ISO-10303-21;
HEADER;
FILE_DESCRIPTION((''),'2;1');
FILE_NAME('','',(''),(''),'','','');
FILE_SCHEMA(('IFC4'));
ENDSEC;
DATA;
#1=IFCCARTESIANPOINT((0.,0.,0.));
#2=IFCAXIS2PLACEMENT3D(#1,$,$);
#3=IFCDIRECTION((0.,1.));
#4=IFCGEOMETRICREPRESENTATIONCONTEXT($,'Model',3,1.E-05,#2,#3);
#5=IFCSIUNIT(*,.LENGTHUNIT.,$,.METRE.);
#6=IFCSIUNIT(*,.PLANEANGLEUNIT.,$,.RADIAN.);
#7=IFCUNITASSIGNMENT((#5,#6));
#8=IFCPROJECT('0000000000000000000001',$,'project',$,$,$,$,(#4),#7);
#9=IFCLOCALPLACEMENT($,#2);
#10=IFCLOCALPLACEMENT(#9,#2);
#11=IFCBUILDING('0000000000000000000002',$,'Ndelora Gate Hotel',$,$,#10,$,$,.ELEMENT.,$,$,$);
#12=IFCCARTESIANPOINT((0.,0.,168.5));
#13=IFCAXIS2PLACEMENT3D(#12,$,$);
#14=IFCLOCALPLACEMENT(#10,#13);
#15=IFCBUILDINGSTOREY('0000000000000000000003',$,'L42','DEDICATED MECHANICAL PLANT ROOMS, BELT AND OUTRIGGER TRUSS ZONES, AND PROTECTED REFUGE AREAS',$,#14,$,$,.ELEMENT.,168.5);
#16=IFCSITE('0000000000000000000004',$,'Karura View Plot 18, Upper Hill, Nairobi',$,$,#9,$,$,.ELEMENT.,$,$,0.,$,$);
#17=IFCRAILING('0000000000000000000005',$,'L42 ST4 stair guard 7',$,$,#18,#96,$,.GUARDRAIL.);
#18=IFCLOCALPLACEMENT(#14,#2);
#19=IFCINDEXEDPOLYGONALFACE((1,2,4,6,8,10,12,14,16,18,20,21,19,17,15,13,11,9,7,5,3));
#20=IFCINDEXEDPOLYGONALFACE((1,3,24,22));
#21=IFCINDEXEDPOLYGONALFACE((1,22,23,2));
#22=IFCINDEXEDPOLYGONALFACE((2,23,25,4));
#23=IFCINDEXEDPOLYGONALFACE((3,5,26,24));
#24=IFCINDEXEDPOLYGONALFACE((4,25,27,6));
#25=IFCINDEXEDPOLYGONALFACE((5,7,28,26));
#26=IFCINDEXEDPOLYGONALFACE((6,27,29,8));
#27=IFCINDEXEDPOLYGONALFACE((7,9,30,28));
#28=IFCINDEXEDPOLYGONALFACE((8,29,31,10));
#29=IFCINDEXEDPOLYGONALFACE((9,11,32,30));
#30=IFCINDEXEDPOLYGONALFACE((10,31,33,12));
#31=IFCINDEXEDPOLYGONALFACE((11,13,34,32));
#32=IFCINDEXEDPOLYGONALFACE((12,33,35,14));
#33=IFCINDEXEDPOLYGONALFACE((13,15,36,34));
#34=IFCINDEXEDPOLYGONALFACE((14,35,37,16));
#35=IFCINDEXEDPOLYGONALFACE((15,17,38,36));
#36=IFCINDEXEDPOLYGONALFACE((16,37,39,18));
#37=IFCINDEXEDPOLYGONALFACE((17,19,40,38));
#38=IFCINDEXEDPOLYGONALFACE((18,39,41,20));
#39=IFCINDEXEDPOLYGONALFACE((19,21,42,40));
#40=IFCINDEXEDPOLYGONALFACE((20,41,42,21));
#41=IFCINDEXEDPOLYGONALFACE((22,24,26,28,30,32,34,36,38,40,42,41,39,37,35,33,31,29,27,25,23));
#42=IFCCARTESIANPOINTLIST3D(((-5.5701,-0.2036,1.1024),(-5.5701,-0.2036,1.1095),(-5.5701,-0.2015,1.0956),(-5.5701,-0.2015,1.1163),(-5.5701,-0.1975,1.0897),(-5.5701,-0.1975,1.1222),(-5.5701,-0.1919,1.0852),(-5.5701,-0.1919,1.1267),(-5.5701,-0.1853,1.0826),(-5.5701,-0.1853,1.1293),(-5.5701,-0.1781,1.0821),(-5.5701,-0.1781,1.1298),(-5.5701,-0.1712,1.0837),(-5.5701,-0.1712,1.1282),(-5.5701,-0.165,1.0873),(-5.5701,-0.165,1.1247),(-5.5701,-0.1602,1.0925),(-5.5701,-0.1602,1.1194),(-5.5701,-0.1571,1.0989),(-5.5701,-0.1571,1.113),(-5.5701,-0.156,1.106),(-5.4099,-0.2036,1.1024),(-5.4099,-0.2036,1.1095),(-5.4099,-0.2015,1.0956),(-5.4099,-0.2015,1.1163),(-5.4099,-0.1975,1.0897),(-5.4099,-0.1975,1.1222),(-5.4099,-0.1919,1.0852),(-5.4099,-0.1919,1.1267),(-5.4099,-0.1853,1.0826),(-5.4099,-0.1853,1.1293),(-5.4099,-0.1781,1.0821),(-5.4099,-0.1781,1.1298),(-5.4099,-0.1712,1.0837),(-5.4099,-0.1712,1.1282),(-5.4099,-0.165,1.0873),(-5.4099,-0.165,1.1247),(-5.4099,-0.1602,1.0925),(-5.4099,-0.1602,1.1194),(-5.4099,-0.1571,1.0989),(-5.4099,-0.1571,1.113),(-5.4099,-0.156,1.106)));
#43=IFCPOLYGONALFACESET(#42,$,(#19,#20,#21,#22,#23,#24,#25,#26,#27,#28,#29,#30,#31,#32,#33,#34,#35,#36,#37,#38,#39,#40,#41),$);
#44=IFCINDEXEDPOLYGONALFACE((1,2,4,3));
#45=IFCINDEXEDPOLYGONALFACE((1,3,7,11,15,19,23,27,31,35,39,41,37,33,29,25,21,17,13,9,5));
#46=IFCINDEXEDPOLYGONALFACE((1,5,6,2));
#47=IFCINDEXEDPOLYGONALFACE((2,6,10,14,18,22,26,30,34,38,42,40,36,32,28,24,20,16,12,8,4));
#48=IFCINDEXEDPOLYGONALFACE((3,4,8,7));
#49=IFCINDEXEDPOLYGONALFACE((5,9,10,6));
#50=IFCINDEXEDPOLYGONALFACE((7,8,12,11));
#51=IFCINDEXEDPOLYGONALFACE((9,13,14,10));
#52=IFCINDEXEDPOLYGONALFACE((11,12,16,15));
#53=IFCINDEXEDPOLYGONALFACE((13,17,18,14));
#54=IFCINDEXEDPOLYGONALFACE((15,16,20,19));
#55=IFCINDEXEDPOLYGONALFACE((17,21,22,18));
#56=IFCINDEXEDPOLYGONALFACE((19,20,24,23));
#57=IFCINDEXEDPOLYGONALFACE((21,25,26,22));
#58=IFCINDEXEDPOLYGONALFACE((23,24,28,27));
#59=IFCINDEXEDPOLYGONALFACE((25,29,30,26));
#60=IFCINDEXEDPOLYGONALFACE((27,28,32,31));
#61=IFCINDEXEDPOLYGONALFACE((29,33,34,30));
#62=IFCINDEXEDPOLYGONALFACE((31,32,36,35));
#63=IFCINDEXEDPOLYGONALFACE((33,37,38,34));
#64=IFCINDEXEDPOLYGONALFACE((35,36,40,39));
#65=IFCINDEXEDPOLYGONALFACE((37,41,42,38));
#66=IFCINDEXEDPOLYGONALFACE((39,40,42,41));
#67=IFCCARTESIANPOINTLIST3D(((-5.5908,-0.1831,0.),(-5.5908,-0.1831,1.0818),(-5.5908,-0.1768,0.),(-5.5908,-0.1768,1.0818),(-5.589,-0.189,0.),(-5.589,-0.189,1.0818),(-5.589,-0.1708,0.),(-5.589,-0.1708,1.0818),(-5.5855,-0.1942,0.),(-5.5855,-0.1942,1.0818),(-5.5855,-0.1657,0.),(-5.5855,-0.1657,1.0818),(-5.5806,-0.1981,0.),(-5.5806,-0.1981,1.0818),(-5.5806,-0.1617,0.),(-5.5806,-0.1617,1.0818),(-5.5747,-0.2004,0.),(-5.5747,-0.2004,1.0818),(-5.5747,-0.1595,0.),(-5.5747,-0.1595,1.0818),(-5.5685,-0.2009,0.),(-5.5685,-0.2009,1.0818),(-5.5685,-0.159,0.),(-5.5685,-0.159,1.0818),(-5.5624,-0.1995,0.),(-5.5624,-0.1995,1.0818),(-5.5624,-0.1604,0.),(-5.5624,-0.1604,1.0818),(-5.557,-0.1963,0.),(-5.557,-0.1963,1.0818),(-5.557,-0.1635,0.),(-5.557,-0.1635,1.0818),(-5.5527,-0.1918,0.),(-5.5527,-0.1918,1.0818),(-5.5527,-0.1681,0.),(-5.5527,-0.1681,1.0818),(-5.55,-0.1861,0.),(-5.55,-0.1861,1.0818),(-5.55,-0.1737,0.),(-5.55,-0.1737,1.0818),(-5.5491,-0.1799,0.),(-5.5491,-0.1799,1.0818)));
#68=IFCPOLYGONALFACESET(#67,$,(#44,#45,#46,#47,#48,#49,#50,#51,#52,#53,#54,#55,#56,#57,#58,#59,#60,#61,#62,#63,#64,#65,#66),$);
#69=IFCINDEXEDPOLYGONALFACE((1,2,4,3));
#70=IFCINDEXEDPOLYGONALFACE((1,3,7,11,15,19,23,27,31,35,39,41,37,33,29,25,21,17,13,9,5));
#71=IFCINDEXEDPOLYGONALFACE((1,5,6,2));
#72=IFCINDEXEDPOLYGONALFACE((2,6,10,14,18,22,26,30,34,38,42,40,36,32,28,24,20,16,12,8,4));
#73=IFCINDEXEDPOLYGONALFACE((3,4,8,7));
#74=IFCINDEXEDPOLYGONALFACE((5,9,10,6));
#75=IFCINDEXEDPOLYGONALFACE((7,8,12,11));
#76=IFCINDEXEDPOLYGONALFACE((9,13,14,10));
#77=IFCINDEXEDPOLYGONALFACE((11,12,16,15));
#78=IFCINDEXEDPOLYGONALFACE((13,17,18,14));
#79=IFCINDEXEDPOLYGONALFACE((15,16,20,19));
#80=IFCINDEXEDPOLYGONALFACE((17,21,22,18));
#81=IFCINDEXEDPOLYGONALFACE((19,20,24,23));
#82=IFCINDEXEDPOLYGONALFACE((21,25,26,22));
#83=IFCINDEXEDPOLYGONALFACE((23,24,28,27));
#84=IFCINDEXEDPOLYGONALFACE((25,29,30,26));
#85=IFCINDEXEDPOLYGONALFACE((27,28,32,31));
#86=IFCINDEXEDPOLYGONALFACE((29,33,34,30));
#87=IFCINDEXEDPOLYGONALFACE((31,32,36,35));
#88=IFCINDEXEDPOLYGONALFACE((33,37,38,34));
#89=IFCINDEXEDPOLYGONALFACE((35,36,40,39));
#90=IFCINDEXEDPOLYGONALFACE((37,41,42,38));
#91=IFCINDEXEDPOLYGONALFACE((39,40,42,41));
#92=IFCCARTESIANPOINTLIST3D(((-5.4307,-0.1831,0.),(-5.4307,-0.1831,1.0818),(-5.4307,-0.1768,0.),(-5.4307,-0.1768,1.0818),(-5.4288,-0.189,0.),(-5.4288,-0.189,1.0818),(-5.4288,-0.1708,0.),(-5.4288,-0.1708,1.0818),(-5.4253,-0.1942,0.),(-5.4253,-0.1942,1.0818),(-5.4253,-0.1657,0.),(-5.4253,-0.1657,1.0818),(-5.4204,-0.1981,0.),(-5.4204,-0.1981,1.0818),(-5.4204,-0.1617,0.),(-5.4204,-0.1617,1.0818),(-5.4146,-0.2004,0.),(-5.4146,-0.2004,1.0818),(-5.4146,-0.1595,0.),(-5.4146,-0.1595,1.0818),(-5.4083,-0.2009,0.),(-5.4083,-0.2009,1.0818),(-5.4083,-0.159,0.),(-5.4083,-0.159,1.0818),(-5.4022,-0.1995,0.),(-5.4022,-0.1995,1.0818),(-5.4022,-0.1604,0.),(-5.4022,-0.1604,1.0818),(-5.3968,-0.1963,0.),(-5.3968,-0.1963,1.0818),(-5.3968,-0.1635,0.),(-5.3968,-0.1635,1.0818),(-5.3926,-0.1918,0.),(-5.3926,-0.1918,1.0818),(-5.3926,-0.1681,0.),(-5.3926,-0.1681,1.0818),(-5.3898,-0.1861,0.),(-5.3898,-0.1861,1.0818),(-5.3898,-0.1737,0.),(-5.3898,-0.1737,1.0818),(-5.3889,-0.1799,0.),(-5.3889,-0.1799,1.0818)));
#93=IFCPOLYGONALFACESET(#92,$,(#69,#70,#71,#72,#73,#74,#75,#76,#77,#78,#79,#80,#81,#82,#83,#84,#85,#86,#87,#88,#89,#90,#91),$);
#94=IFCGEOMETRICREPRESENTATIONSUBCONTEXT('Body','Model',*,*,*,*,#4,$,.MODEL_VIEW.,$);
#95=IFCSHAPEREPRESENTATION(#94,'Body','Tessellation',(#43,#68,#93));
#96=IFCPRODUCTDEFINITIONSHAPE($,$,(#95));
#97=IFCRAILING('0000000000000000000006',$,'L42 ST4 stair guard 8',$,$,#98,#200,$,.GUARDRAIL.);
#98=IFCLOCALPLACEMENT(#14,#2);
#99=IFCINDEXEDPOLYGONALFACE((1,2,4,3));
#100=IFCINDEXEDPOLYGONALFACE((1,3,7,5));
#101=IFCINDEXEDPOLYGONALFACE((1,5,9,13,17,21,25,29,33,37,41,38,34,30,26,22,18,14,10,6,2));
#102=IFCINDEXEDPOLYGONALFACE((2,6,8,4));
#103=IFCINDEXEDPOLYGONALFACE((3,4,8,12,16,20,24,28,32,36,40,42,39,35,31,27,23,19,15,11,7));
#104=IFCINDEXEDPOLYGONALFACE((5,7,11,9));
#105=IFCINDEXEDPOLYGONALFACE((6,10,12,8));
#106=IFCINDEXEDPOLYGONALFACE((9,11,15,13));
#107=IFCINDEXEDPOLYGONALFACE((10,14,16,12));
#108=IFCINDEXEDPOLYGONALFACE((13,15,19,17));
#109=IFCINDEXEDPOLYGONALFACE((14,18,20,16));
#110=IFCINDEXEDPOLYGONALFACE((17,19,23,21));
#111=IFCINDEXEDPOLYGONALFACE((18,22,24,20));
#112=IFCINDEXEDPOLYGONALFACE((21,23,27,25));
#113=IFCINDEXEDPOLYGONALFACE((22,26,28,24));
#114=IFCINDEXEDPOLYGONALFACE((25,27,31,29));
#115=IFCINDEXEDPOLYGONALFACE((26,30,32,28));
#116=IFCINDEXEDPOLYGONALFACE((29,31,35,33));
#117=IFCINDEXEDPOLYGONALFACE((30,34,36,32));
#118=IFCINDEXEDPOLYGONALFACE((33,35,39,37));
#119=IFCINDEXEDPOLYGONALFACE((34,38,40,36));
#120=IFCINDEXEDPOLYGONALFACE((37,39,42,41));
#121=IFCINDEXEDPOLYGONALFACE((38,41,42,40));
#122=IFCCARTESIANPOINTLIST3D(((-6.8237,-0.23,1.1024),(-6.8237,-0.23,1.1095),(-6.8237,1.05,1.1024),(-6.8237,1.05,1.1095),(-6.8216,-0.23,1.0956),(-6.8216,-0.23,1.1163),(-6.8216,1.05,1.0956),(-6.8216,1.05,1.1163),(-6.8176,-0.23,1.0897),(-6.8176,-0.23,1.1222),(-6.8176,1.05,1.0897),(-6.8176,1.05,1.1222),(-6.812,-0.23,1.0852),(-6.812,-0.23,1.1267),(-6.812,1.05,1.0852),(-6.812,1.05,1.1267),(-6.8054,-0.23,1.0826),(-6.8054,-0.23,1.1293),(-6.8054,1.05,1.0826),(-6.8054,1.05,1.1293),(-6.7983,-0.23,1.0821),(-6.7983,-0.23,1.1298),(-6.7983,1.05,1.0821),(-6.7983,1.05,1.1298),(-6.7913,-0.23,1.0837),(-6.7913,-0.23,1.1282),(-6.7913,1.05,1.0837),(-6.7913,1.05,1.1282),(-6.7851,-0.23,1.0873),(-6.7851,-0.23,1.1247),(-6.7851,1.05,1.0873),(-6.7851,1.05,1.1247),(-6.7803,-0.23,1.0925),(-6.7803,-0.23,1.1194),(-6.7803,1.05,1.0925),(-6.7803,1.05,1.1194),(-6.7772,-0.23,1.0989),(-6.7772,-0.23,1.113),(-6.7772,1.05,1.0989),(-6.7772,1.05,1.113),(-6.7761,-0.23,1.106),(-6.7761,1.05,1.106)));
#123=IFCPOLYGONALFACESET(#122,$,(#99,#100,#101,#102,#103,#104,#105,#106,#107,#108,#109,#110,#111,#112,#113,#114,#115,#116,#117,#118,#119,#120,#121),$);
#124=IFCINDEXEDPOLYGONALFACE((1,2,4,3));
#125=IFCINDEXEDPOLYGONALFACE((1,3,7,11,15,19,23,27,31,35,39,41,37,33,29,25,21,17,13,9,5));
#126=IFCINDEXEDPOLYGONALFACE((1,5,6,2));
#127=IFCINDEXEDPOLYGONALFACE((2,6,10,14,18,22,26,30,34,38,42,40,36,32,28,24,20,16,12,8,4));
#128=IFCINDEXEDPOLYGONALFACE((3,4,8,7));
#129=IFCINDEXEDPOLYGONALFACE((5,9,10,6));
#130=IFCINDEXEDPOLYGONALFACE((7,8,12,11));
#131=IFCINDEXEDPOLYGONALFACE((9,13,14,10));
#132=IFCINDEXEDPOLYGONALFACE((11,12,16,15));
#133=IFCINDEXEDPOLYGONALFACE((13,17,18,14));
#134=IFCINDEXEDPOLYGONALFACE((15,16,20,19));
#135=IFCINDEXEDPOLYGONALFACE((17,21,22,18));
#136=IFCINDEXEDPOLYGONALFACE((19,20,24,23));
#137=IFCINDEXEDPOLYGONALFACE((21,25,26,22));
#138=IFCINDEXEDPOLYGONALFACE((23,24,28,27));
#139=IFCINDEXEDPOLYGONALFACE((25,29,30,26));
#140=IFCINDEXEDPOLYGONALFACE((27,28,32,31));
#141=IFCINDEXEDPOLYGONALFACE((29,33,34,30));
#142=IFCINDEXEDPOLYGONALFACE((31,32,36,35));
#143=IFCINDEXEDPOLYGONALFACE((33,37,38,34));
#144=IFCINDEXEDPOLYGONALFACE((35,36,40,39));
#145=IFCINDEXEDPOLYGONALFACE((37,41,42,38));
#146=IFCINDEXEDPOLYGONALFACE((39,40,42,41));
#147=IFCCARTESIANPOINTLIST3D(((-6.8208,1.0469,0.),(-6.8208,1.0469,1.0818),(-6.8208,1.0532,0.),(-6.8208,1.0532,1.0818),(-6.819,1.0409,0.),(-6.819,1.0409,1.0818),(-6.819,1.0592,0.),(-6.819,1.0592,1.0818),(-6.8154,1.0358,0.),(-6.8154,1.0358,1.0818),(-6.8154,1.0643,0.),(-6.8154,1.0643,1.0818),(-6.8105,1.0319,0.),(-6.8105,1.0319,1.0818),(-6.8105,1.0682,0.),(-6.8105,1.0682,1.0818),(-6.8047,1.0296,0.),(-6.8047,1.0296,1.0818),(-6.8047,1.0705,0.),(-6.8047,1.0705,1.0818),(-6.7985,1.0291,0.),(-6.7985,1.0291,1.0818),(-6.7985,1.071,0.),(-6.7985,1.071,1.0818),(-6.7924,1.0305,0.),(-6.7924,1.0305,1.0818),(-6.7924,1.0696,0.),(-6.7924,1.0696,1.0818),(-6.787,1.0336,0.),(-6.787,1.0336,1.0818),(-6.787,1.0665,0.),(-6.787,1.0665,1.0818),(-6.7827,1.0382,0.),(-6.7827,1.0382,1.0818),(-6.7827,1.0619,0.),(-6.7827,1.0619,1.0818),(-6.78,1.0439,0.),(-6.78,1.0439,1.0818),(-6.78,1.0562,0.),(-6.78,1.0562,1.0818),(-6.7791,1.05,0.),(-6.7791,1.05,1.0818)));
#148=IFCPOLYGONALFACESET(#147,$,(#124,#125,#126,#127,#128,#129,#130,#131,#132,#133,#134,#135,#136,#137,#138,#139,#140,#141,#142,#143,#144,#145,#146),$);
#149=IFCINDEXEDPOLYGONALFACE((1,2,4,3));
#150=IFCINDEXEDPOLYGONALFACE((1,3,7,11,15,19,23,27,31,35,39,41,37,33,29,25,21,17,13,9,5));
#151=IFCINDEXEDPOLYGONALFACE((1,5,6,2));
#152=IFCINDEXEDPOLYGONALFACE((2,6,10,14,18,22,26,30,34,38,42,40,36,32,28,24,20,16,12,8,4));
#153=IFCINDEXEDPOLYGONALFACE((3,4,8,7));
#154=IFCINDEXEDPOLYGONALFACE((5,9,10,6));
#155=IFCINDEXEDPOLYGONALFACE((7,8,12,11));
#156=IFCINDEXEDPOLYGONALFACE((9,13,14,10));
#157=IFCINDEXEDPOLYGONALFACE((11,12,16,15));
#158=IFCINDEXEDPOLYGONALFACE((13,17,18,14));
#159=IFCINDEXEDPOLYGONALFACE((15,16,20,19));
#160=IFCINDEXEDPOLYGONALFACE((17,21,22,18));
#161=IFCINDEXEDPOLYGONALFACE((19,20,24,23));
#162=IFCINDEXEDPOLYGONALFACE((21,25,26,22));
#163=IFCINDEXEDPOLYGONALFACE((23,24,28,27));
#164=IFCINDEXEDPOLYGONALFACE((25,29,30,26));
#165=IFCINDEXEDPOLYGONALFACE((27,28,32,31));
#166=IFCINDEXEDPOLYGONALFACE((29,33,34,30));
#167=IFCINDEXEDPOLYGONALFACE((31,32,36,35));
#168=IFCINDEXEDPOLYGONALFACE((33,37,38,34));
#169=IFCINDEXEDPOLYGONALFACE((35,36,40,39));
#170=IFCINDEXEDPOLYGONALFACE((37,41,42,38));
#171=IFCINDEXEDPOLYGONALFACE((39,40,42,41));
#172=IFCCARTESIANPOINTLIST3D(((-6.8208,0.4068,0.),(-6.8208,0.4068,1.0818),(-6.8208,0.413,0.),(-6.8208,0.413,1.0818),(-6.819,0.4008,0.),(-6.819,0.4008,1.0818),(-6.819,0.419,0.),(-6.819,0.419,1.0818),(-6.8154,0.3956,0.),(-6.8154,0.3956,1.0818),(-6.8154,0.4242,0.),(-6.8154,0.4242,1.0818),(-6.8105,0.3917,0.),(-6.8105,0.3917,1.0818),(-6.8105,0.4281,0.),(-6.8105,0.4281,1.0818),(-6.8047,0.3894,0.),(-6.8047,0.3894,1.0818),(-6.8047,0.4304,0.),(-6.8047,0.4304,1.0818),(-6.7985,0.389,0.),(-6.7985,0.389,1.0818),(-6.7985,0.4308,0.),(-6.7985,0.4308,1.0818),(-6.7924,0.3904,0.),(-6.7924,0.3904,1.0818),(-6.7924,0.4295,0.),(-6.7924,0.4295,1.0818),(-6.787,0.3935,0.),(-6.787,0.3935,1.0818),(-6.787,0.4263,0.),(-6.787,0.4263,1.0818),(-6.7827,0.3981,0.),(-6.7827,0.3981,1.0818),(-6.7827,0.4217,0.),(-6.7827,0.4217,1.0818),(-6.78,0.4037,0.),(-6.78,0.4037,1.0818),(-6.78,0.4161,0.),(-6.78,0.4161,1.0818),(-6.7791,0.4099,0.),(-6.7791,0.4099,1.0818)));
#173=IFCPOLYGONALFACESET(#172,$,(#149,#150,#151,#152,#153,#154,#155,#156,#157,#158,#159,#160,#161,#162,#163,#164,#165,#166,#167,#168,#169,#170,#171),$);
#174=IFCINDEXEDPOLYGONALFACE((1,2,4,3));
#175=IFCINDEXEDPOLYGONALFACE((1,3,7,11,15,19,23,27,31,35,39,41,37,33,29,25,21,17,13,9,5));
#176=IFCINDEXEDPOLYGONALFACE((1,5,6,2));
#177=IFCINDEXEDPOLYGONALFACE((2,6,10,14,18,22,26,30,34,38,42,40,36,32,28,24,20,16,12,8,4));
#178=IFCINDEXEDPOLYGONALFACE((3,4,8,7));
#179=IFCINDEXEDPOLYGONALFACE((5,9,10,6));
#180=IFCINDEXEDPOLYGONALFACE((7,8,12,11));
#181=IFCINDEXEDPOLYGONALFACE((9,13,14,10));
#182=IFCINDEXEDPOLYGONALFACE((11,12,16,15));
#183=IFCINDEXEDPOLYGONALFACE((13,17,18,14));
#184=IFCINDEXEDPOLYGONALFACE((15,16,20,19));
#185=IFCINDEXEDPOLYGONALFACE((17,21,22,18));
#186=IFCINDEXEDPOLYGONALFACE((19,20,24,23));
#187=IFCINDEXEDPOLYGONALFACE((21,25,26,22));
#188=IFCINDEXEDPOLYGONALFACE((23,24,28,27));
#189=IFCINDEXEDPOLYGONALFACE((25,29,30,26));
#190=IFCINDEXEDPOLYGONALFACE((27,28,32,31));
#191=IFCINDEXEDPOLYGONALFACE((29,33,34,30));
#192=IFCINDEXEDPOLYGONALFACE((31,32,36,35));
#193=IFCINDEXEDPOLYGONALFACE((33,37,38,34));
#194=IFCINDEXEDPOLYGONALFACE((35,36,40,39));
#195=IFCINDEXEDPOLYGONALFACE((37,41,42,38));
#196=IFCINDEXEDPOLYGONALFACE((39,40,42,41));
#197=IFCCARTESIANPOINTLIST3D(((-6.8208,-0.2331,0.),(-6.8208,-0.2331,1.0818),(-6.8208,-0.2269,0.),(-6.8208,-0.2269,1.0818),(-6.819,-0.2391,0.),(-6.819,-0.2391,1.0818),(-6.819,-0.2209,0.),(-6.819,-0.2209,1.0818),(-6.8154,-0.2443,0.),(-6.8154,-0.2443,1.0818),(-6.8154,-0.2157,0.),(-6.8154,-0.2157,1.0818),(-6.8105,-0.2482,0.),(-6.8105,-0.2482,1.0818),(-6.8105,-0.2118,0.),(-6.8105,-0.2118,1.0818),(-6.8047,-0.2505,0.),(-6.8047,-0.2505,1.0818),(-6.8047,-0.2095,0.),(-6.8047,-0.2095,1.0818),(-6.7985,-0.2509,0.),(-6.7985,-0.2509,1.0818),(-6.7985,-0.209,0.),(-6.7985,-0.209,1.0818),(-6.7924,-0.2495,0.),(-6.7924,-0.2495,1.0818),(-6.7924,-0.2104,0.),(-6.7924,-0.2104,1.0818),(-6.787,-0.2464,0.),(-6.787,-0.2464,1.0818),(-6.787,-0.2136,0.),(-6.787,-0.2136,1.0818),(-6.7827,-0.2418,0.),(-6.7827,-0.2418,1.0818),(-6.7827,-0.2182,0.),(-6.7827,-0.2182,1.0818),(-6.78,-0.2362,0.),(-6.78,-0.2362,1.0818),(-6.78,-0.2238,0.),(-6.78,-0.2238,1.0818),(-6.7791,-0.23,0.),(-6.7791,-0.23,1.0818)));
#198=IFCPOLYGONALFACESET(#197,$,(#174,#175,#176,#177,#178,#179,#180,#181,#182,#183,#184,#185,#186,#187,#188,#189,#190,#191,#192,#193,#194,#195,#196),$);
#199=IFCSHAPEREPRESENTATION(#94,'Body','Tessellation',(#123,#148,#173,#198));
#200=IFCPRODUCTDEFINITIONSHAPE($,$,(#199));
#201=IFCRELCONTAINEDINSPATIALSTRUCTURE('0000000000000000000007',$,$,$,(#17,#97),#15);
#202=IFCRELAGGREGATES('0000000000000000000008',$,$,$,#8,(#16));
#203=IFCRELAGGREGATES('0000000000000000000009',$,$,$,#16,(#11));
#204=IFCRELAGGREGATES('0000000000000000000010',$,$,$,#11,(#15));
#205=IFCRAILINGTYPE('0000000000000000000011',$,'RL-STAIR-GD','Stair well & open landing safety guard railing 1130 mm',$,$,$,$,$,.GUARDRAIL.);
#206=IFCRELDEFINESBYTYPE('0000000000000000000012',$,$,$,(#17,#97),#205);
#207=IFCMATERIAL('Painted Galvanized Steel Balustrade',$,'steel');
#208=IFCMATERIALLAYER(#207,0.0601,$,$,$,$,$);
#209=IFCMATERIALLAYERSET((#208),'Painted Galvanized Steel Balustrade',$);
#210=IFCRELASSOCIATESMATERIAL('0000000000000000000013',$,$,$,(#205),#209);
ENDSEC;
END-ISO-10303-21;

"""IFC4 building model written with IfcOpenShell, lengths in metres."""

from ifc_helpers import new_model, si_unit, direction, frame, origin, origin_2d, place, context, subcontext, project, spatial, circle, extrude, material, layer, layer_set, type_object, element, save


model = new_model("IFC4")

# Units and contexts
model_context = context("Model", 3, precision=1e-05, world=origin(), true_north=direction((0.0, 1.0)))
body_context = subcontext(model_context, "Body", "Model", "MODEL_VIEW")
ifc_project = project(units=[si_unit("LENGTHUNIT", "METRE"), si_unit("PLANEANGLEUNIT", "RADIAN")], contexts=[model_context])

# Site, building, storey
site_placement = place(None, origin())
site = spatial("IfcSite", under=ifc_project, at=site_placement, Name="Karura View Plot 18, Upper Hill, Nairobi", CompositionType="ELEMENT", RefElevation=0.0)
building_placement = place(site_placement, origin())
building = spatial("IfcBuilding", under=site, at=building_placement, Name="Ndelora Gate Hotel", CompositionType="ELEMENT")
storey_placement = place(building_placement, frame((0.0, 0.0, 168.5)))
storey = spatial("IfcBuildingStorey", under=building, at=storey_placement, Name="L42", Description="DEDICATED MECHANICAL PLANT ROOMS, BELT AND OUTRIGGER TRUSS ZONES, AND PROTECTED REFUGE AREAS", CompositionType="ELEMENT", Elevation=168.5)

# Railings
ifc_material_1 = material(Name="Painted Galvanized Steel Balustrade", Category="steel")
ifc_layer_1 = layer(ifc_material_1, 0.0601)
ifc_layer_set_1 = layer_set([ifc_layer_1], Name="Painted Galvanized Steel Balustrade")
railing_type = type_object("IfcRailingType", Name="RL-STAIR-GD", Description="Stair well & open landing safety guard railing 1130 mm", PredefinedType="GUARDRAIL", material=ifc_layer_set_1)
railing_1_placement = place(storey_placement, frame((-5.5701, -0.1799, 0.0)))
element("IfcRailing", 1, at=railing_1_placement, inside=storey, type_object=railing_type, Name="L42 ST4 stair guard 7", PredefinedType="GUARDRAIL", context=body_context, shape_type="SweptSolid", body=[
    extrude(circle(Radius=0.0239, at=origin_2d()), frame((0.0, 0.0, 1.106), z_axis=(1.0, 0.0, 0.0), x_axis=(0.0, 1.0, 0.0)), (0.0, 0.0, 1.0), 0.1602),
    extrude(circle(Radius=0.021, at=origin_2d()), origin(), (0.0, 0.0, 1.0), 1.0818),
    extrude(circle(Radius=0.021, at=origin_2d()), frame((0.1602, 0.0, 0.0)), (0.0, 0.0, 1.0), 1.0818),
])
for number, where, name in (
    (2, (-6.8, 1.05, 0.0), "L42 ST4 stair guard 8"),
):
    element("IfcRailing", number, at=place(storey_placement, frame(where)), inside=storey, type_object=railing_type, Name=name, PredefinedType="GUARDRAIL", context=body_context, shape_type="SweptSolid", body=[
        extrude(circle(Radius=0.0239, at=origin_2d()), frame((0.0, 0.0, 1.106), z_axis=(0.0, -1.0, 0.0), x_axis=(1.0, 0.0, 0.0)), (0.0, 0.0, 1.0), 1.28),
        extrude(circle(Radius=0.021, at=origin_2d()), origin(), (0.0, 0.0, 1.0), 1.0818),
        extrude(circle(Radius=0.021, at=origin_2d()), frame((0.0, -0.6401, 0.0)), (0.0, 0.0, 1.0), 1.0818),
        extrude(circle(Radius=0.021, at=origin_2d()), frame((0.0, -1.28, 0.0)), (0.0, 0.0, 1.0), 1.0818),
    ])

save(model, "model.ifc")
